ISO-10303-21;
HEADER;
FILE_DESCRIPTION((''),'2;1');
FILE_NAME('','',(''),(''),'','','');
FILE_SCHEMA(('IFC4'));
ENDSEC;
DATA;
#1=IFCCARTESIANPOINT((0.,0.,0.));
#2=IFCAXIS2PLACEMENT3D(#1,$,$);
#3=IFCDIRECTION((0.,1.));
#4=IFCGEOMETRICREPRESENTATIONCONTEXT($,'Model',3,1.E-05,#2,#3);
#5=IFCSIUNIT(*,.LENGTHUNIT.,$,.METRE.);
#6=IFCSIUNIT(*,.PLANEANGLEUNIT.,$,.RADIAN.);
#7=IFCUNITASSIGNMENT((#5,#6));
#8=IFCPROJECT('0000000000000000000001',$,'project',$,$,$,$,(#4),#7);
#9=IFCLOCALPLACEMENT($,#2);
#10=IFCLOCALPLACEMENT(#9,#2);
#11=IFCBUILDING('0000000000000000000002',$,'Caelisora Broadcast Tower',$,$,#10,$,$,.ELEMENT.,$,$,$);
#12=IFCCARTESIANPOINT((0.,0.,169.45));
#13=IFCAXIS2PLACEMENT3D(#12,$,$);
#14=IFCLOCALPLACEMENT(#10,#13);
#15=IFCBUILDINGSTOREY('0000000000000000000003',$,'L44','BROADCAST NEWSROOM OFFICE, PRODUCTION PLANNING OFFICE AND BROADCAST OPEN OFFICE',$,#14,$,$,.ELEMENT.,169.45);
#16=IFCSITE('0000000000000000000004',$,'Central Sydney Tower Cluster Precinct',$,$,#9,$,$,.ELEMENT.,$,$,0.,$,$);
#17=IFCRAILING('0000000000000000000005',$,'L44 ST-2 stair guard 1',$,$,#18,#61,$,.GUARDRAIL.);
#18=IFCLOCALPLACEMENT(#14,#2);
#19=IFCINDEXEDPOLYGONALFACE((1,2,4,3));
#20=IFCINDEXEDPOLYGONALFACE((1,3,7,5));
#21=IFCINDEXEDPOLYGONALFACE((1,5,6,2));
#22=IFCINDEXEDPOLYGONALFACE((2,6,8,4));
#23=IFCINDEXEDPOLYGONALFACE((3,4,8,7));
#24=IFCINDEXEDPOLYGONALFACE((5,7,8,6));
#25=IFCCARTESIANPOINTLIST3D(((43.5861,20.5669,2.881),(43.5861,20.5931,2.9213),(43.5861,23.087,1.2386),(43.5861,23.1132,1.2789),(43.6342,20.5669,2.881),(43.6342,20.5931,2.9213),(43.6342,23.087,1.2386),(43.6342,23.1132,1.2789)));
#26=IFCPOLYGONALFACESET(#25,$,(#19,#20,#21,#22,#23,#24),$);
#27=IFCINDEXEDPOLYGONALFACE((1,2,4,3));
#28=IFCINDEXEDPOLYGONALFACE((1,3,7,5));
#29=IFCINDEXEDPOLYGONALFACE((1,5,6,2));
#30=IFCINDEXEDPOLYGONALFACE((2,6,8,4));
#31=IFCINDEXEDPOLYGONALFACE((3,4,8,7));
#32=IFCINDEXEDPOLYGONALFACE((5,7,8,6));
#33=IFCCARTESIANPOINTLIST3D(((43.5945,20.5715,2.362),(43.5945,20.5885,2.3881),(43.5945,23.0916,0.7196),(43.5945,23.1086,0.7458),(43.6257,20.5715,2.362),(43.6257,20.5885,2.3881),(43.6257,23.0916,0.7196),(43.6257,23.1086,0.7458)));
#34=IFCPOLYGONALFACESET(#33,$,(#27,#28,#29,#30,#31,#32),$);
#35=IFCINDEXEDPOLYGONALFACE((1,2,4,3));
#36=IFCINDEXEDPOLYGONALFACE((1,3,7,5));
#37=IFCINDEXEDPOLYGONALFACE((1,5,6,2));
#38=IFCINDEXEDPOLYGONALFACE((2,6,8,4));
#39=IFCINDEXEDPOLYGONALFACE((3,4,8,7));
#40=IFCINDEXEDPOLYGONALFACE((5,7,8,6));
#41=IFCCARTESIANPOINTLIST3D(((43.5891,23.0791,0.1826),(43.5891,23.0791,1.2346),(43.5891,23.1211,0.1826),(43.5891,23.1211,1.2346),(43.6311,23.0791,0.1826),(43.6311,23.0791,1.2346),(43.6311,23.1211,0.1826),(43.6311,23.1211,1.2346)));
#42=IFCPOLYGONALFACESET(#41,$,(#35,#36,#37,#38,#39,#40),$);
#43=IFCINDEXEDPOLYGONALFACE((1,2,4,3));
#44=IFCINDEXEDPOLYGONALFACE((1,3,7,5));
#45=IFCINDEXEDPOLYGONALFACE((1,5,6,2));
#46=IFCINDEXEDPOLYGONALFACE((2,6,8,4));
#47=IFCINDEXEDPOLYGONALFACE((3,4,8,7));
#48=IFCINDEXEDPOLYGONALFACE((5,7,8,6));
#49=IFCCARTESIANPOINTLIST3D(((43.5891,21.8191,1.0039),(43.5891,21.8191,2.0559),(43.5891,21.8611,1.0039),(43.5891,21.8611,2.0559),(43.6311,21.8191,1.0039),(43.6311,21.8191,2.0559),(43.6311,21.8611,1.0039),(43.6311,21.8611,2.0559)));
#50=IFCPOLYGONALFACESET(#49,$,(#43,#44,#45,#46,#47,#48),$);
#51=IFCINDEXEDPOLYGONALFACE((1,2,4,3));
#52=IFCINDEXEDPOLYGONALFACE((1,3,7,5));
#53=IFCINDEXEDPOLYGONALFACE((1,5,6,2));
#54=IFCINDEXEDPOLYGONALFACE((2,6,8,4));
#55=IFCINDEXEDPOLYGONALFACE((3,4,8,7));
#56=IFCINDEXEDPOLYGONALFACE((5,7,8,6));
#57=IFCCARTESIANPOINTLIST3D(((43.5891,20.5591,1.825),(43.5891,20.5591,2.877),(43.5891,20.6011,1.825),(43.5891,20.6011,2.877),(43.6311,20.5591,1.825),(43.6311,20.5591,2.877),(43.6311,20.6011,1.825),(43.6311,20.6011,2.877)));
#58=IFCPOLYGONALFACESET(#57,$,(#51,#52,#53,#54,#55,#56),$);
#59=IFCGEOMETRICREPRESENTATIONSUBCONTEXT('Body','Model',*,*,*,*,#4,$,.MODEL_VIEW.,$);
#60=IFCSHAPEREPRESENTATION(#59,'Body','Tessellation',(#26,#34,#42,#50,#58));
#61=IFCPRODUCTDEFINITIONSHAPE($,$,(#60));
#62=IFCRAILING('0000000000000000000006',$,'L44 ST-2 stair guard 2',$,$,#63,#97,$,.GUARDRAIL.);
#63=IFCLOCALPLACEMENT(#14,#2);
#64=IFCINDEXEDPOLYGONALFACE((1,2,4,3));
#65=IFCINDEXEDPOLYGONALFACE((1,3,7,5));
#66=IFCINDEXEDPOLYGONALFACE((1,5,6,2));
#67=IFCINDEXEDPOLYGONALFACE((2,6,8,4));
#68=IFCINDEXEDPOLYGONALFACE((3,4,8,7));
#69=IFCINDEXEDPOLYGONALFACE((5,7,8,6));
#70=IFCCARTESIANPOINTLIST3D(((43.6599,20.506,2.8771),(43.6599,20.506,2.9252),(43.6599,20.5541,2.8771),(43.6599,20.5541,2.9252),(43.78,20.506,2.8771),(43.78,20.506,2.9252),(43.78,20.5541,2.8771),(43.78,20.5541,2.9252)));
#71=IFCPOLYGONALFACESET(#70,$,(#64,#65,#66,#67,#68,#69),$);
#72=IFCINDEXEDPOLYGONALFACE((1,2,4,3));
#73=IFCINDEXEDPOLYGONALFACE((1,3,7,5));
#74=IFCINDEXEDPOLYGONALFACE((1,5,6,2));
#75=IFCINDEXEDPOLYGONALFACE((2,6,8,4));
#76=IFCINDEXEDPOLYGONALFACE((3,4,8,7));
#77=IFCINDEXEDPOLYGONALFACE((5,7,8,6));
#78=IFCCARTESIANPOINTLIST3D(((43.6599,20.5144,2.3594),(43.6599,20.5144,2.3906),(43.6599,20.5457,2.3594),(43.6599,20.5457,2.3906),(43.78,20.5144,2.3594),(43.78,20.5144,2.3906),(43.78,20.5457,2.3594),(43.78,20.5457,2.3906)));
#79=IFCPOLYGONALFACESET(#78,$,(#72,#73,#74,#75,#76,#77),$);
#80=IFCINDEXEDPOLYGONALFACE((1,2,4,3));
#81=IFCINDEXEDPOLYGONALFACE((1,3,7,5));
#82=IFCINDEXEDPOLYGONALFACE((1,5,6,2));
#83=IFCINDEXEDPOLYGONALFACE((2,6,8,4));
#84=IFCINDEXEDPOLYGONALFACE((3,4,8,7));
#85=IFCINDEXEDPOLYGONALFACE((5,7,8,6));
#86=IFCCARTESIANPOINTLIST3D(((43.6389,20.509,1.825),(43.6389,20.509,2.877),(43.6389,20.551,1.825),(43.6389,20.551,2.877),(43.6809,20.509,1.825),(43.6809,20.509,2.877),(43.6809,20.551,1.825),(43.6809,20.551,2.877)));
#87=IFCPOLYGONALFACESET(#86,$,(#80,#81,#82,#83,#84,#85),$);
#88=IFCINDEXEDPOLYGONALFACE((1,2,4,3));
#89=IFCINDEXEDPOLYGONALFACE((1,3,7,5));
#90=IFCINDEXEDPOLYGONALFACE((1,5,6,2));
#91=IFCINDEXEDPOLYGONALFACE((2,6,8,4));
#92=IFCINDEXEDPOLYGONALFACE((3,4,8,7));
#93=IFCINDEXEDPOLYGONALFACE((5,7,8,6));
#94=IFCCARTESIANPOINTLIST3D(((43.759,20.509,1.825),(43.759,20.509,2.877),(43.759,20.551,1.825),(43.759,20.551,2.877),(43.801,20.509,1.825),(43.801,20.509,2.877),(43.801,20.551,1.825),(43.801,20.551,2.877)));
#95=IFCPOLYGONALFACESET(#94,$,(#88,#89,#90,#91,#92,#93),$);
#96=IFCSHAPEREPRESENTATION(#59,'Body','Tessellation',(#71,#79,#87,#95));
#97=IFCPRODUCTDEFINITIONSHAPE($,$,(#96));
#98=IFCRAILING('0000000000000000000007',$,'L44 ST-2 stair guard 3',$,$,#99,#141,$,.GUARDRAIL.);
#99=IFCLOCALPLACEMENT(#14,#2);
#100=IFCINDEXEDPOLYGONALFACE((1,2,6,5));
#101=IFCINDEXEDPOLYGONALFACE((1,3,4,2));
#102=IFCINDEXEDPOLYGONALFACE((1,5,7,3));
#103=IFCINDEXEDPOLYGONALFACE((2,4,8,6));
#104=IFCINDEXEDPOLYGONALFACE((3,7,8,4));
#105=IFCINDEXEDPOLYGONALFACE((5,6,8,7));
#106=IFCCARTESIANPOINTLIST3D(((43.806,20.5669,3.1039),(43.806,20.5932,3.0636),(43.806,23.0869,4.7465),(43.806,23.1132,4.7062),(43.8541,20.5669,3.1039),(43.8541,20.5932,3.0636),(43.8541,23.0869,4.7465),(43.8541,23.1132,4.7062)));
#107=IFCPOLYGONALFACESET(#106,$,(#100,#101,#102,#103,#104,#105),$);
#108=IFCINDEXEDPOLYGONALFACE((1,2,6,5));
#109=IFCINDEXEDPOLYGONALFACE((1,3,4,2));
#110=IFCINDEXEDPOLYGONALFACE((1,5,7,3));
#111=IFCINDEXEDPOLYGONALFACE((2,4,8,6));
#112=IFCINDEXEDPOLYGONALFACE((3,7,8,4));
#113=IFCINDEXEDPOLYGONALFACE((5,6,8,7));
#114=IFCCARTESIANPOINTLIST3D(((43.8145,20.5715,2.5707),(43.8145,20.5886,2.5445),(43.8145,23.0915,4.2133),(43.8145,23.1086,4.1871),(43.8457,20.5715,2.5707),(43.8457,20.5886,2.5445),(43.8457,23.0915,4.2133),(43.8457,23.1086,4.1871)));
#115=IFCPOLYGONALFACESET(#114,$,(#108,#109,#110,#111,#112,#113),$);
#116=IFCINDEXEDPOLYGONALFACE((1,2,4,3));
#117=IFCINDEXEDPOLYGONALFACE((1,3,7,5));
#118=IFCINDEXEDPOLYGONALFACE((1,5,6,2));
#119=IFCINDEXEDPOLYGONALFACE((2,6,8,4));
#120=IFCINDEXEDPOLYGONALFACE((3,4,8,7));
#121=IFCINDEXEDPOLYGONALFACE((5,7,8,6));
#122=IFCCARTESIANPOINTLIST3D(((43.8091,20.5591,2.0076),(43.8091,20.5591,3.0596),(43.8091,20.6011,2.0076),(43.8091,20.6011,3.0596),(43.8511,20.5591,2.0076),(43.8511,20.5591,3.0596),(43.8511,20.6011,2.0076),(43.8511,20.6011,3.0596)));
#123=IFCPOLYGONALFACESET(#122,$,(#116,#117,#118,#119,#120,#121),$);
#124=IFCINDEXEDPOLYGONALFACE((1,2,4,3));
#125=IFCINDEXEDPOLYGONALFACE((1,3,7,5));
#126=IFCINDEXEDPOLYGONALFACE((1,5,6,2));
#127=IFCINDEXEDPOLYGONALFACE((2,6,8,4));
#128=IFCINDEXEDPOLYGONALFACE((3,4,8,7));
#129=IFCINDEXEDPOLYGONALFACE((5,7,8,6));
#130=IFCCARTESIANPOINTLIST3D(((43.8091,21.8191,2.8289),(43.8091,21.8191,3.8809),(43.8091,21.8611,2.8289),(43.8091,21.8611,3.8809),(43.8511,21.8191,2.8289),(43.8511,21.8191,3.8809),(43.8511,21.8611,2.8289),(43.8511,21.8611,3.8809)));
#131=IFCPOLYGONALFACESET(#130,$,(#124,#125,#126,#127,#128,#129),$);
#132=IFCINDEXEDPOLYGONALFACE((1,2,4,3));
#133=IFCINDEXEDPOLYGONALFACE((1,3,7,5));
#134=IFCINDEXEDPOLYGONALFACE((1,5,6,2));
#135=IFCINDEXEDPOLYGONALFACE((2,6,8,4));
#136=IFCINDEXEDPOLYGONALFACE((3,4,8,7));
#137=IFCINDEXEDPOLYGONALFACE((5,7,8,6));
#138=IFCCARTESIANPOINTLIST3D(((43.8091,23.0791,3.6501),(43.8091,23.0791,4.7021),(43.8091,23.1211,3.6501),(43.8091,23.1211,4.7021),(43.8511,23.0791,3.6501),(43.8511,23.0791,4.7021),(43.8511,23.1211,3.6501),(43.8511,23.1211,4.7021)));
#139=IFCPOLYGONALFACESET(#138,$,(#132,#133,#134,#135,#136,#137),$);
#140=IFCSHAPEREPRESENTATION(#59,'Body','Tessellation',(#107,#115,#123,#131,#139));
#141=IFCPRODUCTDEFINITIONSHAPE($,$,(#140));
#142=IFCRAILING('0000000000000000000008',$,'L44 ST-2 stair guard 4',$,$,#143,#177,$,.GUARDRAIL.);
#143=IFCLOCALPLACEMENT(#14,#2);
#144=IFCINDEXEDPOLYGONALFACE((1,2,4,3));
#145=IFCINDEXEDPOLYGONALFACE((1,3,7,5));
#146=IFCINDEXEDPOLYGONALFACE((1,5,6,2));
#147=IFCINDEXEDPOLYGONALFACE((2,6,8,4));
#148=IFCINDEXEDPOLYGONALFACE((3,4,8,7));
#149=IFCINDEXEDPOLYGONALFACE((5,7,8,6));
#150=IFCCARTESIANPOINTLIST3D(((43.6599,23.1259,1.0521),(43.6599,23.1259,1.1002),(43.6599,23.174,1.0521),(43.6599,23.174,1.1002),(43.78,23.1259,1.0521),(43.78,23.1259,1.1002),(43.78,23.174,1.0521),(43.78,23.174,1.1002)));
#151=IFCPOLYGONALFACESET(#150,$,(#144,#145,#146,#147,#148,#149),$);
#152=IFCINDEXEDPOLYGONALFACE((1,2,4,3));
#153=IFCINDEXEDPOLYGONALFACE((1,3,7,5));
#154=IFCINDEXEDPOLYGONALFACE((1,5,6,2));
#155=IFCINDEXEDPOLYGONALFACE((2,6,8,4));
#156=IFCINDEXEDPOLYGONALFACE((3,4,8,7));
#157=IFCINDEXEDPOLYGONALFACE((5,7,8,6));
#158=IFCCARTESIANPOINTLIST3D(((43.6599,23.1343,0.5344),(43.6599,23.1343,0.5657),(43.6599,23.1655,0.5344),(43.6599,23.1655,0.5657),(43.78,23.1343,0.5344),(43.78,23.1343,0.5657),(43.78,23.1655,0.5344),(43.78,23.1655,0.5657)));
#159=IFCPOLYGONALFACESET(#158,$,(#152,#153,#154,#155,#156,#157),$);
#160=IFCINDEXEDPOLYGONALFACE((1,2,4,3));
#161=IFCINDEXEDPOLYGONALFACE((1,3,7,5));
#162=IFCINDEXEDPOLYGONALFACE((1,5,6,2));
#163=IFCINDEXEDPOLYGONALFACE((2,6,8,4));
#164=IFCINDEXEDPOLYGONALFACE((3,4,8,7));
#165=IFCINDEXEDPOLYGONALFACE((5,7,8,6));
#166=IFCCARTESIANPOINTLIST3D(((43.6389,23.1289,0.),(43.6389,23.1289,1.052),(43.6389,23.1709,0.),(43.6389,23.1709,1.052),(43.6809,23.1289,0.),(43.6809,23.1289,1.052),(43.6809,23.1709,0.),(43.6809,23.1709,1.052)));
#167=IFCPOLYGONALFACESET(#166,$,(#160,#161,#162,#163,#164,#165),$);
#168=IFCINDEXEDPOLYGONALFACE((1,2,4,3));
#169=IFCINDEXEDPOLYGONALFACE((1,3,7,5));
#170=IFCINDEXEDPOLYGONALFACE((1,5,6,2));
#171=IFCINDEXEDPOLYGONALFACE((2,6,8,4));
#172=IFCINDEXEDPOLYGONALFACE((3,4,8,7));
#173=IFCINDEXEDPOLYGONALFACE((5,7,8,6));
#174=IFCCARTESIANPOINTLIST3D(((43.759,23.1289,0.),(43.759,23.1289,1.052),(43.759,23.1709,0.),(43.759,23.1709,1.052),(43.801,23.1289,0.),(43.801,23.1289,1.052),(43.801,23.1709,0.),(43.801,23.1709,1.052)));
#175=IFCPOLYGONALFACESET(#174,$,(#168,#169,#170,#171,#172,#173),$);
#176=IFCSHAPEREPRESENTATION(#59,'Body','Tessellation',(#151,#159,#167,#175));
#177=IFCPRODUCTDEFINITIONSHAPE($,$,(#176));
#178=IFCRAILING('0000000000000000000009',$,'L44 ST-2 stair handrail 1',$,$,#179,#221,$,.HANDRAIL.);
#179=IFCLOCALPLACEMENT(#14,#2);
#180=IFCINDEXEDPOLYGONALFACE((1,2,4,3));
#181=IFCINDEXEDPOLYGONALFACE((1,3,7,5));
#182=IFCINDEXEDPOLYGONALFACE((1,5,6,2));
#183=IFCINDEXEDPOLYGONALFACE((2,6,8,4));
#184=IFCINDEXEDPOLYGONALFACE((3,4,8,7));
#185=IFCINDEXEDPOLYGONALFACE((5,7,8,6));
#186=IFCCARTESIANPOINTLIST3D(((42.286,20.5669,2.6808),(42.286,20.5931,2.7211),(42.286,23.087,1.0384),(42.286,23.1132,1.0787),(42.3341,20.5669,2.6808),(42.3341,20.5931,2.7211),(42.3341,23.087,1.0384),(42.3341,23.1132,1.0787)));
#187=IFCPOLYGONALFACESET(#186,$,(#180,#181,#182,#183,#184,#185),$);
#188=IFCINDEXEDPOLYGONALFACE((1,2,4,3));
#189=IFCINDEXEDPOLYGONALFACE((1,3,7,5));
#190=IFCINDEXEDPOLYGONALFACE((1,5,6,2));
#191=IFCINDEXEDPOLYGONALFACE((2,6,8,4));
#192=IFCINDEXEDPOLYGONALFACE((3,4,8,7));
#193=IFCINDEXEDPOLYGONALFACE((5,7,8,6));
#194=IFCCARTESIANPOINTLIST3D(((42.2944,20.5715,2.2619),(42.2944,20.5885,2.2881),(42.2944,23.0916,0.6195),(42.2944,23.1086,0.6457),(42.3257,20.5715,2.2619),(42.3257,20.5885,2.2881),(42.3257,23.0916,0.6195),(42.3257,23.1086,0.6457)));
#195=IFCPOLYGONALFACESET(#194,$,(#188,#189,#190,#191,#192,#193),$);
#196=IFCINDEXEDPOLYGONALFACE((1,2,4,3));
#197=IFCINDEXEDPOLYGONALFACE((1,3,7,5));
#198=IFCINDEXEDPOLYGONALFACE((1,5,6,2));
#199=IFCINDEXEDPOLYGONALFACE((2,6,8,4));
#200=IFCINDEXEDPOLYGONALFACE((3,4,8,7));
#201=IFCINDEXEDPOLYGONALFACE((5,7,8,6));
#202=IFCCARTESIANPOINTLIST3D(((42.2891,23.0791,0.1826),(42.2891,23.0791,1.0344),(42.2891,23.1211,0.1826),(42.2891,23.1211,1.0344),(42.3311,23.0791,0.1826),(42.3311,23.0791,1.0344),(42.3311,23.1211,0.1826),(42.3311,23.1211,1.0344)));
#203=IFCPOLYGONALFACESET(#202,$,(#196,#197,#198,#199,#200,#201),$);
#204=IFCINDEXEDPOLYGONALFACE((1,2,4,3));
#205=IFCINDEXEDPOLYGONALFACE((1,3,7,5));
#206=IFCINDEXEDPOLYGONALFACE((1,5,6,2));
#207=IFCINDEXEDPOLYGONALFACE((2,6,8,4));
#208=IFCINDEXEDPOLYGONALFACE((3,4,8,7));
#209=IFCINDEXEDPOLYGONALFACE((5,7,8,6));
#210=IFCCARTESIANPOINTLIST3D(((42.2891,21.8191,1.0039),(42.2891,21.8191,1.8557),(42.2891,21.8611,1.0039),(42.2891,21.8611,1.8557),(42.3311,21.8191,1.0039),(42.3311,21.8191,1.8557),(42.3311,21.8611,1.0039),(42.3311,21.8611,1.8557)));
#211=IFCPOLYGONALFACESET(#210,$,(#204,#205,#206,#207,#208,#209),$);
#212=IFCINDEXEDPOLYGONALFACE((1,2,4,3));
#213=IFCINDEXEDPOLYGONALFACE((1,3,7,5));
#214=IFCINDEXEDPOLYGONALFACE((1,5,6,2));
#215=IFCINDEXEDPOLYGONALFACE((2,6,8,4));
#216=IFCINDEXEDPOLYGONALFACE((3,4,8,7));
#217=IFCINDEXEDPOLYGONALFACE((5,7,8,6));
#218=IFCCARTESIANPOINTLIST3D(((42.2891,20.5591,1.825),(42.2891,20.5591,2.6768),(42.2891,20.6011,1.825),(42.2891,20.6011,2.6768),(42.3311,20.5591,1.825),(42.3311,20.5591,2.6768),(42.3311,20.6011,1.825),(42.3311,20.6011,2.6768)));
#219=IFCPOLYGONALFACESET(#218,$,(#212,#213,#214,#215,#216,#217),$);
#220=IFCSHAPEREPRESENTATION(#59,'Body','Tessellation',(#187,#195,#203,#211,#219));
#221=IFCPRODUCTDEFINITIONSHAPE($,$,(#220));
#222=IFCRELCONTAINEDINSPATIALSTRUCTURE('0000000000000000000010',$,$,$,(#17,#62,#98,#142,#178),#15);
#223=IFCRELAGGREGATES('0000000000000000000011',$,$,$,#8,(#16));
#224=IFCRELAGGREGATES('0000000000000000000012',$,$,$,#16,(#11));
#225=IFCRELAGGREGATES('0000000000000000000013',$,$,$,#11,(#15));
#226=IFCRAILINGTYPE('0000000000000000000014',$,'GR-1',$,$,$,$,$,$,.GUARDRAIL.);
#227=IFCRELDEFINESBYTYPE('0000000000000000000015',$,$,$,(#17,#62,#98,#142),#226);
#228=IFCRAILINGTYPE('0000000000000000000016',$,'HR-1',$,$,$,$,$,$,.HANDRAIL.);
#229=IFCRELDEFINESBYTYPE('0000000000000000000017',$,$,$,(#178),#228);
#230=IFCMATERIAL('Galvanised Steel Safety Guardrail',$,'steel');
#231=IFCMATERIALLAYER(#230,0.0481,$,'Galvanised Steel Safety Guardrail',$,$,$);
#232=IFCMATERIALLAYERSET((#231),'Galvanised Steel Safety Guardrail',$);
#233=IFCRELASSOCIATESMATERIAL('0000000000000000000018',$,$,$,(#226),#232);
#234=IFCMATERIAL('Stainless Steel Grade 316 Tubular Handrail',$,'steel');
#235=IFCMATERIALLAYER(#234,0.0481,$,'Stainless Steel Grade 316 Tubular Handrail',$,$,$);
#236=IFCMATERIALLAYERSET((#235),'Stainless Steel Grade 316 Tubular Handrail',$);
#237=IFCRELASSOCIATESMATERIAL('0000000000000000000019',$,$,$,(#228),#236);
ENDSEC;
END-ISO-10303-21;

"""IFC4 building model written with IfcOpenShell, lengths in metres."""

from ifc_helpers import new_model, si_unit, direction, frame, origin, origin_2d, place, context, subcontext, project, spatial, rectangle, extrude, material, layer, layer_set, type_object, element, save


model = new_model("IFC4")

# Units and contexts
model_context = context("Model", 3, precision=1e-05, world=origin(), true_north=direction((0.0, 1.0)))
body_context = subcontext(model_context, "Body", "Model", "MODEL_VIEW")
ifc_project = project(units=[si_unit("LENGTHUNIT", "METRE"), si_unit("PLANEANGLEUNIT", "RADIAN")], contexts=[model_context])

# Site, building, storey
site_placement = place(None, origin())
site = spatial("IfcSite", under=ifc_project, at=site_placement, Name="Central Sydney Tower Cluster Precinct", CompositionType="ELEMENT", RefElevation=0.0)
building_placement = place(site_placement, origin())
building = spatial("IfcBuilding", under=site, at=building_placement, Name="Caelisora Broadcast Tower", CompositionType="ELEMENT")
storey_placement = place(building_placement, frame((0.0, 0.0, 169.45)))
storey = spatial("IfcBuildingStorey", under=building, at=storey_placement, Name="L44", Description="BROADCAST NEWSROOM OFFICE, PRODUCTION PLANNING OFFICE AND BROADCAST OPEN OFFICE", CompositionType="ELEMENT", Elevation=169.45)

# Railings
ifc_material_1 = material(Name="Galvanised Steel Safety Guardrail", Category="steel")
ifc_layer_1 = layer(ifc_material_1, 0.0481, Name="Galvanised Steel Safety Guardrail")
ifc_layer_set_1 = layer_set([ifc_layer_1], Name="Galvanised Steel Safety Guardrail")
railing_type_1 = type_object("IfcRailingType", Name="GR-1", PredefinedType="GUARDRAIL", material=ifc_layer_set_1)
railing_1_placement = place(storey_placement, frame((43.6101, 23.1001, 0.1826)))
element("IfcRailing", 1, at=railing_1_placement, inside=storey, type_object=railing_type_1, Name="L44 ST-2 stair guard 1", PredefinedType="GUARDRAIL", context=body_context, shape_type="SweptSolid", body=[
    extrude(rectangle(XDim=0.0481, YDim=0.0481, at=origin_2d()), frame((0.0, 0.0, 1.0762), z_axis=(0.0, -0.837787, 0.545998), x_axis=(1.0, 0.0, 0.0)), (0.0, 0.0, 1.0), 3.0081),
    extrude(rectangle(XDim=0.0312, YDim=0.0312, at=origin_2d()), frame((0.0, 0.0, 0.55), z_axis=(0.0, -0.837787, 0.545998), x_axis=(1.0, 0.0, 0.0)), (0.0, 0.0, 1.0), 3.0081),
    extrude(rectangle(XDim=0.042, YDim=0.042, at=origin_2d()), origin(), (0.0, 0.0, 1.0), 1.052),
    extrude(rectangle(XDim=0.042, YDim=0.042, at=origin_2d()), frame((0.0, -1.26, 0.8213)), (0.0, 0.0, 1.0), 1.052),
    extrude(rectangle(XDim=0.042, YDim=0.042, at=origin_2d()), frame((0.0, -2.52, 1.6423)), (0.0, 0.0, 1.0), 1.052),
])
railing_2_placement = place(storey_placement, frame((43.6599, 20.53, 1.825)))
element("IfcRailing", 2, at=railing_2_placement, inside=storey, type_object=railing_type_1, Name="L44 ST-2 stair guard 2", PredefinedType="GUARDRAIL", context=body_context, shape_type="SweptSolid", body=[
    extrude(rectangle(XDim=0.0481, YDim=0.0481, at=origin_2d()), frame((0.0, 0.0, 1.0762), z_axis=(1.0, 0.0, 0.0), x_axis=(0.0, 1.0, 0.0)), (0.0, 0.0, 1.0), 0.1201),
    extrude(rectangle(XDim=0.0312, YDim=0.0312, at=origin_2d()), frame((0.0, 0.0, 0.55), z_axis=(1.0, 0.0, 0.0), x_axis=(0.0, 1.0, 0.0)), (0.0, 0.0, 1.0), 0.1201),
    extrude(rectangle(XDim=0.042, YDim=0.042, at=origin_2d()), origin(), (0.0, 0.0, 1.0), 1.052),
    extrude(rectangle(XDim=0.042, YDim=0.042, at=origin_2d()), frame((0.1201, 0.0, 0.0)), (0.0, 0.0, 1.0), 1.052),
])
railing_3_placement = place(storey_placement, frame((43.8301, 20.5801, 2.0076)))
element("IfcRailing", 3, at=railing_3_placement, inside=storey, type_object=railing_type_1, Name="L44 ST-2 stair guard 3", PredefinedType="GUARDRAIL", context=body_context, shape_type="SweptSolid", body=[
    extrude(rectangle(XDim=0.0481, YDim=0.0481, at=origin_2d()), frame((0.0, 0.0, 1.0762), z_axis=(0.0, 0.837749, 0.546055), x_axis=(-1.0, 0.0, 0.0)), (0.0, 0.0, 1.0), 3.0081),
    extrude(rectangle(XDim=0.0312, YDim=0.0312, at=origin_2d()), frame((0.0, 0.0, 0.55), z_axis=(0.0, 0.837749, 0.546055), x_axis=(-1.0, 0.0, 0.0)), (0.0, 0.0, 1.0), 3.0081),
    extrude(rectangle(XDim=0.042, YDim=0.042, at=origin_2d()), origin(), (0.0, 0.0, 1.0), 1.052),
    extrude(rectangle(XDim=0.042, YDim=0.042, at=origin_2d()), frame((0.0, 1.26, 0.8213)), (0.0, 0.0, 1.0), 1.052),
    extrude(rectangle(XDim=0.042, YDim=0.042, at=origin_2d()), frame((0.0, 2.52, 1.6426)), (0.0, 0.0, 1.0), 1.052),
])
railing_4_placement = place(storey_placement, frame((43.6599, 23.1499, 0.0)))
element("IfcRailing", 4, at=railing_4_placement, inside=storey, type_object=railing_type_1, Name="L44 ST-2 stair guard 4", PredefinedType="GUARDRAIL", context=body_context, shape_type="SweptSolid", body=[
    extrude(rectangle(XDim=0.0481, YDim=0.0481, at=origin_2d()), frame((0.0, 0.0, 1.0762), z_axis=(1.0, 0.0, 0.0), x_axis=(0.0, 1.0, 0.0)), (0.0, 0.0, 1.0), 0.1201),
    extrude(rectangle(XDim=0.0312, YDim=0.0312, at=origin_2d()), frame((0.0, 0.0, 0.55), z_axis=(1.0, 0.0, 0.0), x_axis=(0.0, 1.0, 0.0)), (0.0, 0.0, 1.0), 0.1201),
    extrude(rectangle(XDim=0.042, YDim=0.042, at=origin_2d()), origin(), (0.0, 0.0, 1.0), 1.052),
    extrude(rectangle(XDim=0.042, YDim=0.042, at=origin_2d()), frame((0.1201, 0.0, 0.0)), (0.0, 0.0, 1.0), 1.052),
])
ifc_material_2 = material(Name="Stainless Steel Grade 316 Tubular Handrail", Category="steel")
ifc_layer_2 = layer(ifc_material_2, 0.0481, Name="Stainless Steel Grade 316 Tubular Handrail")
ifc_layer_set_2 = layer_set([ifc_layer_2], Name="Stainless Steel Grade 316 Tubular Handrail")
railing_type_2 = type_object("IfcRailingType", Name="HR-1", PredefinedType="HANDRAIL", material=ifc_layer_set_2)
railing_5_placement = place(storey_placement, frame((42.3101, 23.1001, 0.1826)))
element("IfcRailing", 5, at=railing_5_placement, inside=storey, type_object=railing_type_2, Name="L44 ST-2 stair handrail 1", PredefinedType="HANDRAIL", context=body_context, shape_type="SweptSolid", body=[
    extrude(rectangle(XDim=0.0481, YDim=0.0481, at=origin_2d()), frame((0.0, 0.0, 0.876), z_axis=(0.0, -0.837787, 0.545998), x_axis=(1.0, 0.0, 0.0)), (0.0, 0.0, 1.0), 3.0081),
    extrude(rectangle(XDim=0.0312, YDim=0.0312, at=origin_2d()), frame((0.0, 0.0, 0.45), z_axis=(0.0, -0.837787, 0.545998), x_axis=(1.0, 0.0, 0.0)), (0.0, 0.0, 1.0), 3.0081),
    extrude(rectangle(XDim=0.042, YDim=0.042, at=origin_2d()), origin(), (0.0, 0.0, 1.0), 0.8518),
    extrude(rectangle(XDim=0.042, YDim=0.042, at=origin_2d()), frame((0.0, -1.26, 0.8213)), (0.0, 0.0, 1.0), 0.8518),
    extrude(rectangle(XDim=0.042, YDim=0.042, at=origin_2d()), frame((0.0, -2.52, 1.6423)), (0.0, 0.0, 1.0), 0.8518),
])

save(model, "model.ifc")
